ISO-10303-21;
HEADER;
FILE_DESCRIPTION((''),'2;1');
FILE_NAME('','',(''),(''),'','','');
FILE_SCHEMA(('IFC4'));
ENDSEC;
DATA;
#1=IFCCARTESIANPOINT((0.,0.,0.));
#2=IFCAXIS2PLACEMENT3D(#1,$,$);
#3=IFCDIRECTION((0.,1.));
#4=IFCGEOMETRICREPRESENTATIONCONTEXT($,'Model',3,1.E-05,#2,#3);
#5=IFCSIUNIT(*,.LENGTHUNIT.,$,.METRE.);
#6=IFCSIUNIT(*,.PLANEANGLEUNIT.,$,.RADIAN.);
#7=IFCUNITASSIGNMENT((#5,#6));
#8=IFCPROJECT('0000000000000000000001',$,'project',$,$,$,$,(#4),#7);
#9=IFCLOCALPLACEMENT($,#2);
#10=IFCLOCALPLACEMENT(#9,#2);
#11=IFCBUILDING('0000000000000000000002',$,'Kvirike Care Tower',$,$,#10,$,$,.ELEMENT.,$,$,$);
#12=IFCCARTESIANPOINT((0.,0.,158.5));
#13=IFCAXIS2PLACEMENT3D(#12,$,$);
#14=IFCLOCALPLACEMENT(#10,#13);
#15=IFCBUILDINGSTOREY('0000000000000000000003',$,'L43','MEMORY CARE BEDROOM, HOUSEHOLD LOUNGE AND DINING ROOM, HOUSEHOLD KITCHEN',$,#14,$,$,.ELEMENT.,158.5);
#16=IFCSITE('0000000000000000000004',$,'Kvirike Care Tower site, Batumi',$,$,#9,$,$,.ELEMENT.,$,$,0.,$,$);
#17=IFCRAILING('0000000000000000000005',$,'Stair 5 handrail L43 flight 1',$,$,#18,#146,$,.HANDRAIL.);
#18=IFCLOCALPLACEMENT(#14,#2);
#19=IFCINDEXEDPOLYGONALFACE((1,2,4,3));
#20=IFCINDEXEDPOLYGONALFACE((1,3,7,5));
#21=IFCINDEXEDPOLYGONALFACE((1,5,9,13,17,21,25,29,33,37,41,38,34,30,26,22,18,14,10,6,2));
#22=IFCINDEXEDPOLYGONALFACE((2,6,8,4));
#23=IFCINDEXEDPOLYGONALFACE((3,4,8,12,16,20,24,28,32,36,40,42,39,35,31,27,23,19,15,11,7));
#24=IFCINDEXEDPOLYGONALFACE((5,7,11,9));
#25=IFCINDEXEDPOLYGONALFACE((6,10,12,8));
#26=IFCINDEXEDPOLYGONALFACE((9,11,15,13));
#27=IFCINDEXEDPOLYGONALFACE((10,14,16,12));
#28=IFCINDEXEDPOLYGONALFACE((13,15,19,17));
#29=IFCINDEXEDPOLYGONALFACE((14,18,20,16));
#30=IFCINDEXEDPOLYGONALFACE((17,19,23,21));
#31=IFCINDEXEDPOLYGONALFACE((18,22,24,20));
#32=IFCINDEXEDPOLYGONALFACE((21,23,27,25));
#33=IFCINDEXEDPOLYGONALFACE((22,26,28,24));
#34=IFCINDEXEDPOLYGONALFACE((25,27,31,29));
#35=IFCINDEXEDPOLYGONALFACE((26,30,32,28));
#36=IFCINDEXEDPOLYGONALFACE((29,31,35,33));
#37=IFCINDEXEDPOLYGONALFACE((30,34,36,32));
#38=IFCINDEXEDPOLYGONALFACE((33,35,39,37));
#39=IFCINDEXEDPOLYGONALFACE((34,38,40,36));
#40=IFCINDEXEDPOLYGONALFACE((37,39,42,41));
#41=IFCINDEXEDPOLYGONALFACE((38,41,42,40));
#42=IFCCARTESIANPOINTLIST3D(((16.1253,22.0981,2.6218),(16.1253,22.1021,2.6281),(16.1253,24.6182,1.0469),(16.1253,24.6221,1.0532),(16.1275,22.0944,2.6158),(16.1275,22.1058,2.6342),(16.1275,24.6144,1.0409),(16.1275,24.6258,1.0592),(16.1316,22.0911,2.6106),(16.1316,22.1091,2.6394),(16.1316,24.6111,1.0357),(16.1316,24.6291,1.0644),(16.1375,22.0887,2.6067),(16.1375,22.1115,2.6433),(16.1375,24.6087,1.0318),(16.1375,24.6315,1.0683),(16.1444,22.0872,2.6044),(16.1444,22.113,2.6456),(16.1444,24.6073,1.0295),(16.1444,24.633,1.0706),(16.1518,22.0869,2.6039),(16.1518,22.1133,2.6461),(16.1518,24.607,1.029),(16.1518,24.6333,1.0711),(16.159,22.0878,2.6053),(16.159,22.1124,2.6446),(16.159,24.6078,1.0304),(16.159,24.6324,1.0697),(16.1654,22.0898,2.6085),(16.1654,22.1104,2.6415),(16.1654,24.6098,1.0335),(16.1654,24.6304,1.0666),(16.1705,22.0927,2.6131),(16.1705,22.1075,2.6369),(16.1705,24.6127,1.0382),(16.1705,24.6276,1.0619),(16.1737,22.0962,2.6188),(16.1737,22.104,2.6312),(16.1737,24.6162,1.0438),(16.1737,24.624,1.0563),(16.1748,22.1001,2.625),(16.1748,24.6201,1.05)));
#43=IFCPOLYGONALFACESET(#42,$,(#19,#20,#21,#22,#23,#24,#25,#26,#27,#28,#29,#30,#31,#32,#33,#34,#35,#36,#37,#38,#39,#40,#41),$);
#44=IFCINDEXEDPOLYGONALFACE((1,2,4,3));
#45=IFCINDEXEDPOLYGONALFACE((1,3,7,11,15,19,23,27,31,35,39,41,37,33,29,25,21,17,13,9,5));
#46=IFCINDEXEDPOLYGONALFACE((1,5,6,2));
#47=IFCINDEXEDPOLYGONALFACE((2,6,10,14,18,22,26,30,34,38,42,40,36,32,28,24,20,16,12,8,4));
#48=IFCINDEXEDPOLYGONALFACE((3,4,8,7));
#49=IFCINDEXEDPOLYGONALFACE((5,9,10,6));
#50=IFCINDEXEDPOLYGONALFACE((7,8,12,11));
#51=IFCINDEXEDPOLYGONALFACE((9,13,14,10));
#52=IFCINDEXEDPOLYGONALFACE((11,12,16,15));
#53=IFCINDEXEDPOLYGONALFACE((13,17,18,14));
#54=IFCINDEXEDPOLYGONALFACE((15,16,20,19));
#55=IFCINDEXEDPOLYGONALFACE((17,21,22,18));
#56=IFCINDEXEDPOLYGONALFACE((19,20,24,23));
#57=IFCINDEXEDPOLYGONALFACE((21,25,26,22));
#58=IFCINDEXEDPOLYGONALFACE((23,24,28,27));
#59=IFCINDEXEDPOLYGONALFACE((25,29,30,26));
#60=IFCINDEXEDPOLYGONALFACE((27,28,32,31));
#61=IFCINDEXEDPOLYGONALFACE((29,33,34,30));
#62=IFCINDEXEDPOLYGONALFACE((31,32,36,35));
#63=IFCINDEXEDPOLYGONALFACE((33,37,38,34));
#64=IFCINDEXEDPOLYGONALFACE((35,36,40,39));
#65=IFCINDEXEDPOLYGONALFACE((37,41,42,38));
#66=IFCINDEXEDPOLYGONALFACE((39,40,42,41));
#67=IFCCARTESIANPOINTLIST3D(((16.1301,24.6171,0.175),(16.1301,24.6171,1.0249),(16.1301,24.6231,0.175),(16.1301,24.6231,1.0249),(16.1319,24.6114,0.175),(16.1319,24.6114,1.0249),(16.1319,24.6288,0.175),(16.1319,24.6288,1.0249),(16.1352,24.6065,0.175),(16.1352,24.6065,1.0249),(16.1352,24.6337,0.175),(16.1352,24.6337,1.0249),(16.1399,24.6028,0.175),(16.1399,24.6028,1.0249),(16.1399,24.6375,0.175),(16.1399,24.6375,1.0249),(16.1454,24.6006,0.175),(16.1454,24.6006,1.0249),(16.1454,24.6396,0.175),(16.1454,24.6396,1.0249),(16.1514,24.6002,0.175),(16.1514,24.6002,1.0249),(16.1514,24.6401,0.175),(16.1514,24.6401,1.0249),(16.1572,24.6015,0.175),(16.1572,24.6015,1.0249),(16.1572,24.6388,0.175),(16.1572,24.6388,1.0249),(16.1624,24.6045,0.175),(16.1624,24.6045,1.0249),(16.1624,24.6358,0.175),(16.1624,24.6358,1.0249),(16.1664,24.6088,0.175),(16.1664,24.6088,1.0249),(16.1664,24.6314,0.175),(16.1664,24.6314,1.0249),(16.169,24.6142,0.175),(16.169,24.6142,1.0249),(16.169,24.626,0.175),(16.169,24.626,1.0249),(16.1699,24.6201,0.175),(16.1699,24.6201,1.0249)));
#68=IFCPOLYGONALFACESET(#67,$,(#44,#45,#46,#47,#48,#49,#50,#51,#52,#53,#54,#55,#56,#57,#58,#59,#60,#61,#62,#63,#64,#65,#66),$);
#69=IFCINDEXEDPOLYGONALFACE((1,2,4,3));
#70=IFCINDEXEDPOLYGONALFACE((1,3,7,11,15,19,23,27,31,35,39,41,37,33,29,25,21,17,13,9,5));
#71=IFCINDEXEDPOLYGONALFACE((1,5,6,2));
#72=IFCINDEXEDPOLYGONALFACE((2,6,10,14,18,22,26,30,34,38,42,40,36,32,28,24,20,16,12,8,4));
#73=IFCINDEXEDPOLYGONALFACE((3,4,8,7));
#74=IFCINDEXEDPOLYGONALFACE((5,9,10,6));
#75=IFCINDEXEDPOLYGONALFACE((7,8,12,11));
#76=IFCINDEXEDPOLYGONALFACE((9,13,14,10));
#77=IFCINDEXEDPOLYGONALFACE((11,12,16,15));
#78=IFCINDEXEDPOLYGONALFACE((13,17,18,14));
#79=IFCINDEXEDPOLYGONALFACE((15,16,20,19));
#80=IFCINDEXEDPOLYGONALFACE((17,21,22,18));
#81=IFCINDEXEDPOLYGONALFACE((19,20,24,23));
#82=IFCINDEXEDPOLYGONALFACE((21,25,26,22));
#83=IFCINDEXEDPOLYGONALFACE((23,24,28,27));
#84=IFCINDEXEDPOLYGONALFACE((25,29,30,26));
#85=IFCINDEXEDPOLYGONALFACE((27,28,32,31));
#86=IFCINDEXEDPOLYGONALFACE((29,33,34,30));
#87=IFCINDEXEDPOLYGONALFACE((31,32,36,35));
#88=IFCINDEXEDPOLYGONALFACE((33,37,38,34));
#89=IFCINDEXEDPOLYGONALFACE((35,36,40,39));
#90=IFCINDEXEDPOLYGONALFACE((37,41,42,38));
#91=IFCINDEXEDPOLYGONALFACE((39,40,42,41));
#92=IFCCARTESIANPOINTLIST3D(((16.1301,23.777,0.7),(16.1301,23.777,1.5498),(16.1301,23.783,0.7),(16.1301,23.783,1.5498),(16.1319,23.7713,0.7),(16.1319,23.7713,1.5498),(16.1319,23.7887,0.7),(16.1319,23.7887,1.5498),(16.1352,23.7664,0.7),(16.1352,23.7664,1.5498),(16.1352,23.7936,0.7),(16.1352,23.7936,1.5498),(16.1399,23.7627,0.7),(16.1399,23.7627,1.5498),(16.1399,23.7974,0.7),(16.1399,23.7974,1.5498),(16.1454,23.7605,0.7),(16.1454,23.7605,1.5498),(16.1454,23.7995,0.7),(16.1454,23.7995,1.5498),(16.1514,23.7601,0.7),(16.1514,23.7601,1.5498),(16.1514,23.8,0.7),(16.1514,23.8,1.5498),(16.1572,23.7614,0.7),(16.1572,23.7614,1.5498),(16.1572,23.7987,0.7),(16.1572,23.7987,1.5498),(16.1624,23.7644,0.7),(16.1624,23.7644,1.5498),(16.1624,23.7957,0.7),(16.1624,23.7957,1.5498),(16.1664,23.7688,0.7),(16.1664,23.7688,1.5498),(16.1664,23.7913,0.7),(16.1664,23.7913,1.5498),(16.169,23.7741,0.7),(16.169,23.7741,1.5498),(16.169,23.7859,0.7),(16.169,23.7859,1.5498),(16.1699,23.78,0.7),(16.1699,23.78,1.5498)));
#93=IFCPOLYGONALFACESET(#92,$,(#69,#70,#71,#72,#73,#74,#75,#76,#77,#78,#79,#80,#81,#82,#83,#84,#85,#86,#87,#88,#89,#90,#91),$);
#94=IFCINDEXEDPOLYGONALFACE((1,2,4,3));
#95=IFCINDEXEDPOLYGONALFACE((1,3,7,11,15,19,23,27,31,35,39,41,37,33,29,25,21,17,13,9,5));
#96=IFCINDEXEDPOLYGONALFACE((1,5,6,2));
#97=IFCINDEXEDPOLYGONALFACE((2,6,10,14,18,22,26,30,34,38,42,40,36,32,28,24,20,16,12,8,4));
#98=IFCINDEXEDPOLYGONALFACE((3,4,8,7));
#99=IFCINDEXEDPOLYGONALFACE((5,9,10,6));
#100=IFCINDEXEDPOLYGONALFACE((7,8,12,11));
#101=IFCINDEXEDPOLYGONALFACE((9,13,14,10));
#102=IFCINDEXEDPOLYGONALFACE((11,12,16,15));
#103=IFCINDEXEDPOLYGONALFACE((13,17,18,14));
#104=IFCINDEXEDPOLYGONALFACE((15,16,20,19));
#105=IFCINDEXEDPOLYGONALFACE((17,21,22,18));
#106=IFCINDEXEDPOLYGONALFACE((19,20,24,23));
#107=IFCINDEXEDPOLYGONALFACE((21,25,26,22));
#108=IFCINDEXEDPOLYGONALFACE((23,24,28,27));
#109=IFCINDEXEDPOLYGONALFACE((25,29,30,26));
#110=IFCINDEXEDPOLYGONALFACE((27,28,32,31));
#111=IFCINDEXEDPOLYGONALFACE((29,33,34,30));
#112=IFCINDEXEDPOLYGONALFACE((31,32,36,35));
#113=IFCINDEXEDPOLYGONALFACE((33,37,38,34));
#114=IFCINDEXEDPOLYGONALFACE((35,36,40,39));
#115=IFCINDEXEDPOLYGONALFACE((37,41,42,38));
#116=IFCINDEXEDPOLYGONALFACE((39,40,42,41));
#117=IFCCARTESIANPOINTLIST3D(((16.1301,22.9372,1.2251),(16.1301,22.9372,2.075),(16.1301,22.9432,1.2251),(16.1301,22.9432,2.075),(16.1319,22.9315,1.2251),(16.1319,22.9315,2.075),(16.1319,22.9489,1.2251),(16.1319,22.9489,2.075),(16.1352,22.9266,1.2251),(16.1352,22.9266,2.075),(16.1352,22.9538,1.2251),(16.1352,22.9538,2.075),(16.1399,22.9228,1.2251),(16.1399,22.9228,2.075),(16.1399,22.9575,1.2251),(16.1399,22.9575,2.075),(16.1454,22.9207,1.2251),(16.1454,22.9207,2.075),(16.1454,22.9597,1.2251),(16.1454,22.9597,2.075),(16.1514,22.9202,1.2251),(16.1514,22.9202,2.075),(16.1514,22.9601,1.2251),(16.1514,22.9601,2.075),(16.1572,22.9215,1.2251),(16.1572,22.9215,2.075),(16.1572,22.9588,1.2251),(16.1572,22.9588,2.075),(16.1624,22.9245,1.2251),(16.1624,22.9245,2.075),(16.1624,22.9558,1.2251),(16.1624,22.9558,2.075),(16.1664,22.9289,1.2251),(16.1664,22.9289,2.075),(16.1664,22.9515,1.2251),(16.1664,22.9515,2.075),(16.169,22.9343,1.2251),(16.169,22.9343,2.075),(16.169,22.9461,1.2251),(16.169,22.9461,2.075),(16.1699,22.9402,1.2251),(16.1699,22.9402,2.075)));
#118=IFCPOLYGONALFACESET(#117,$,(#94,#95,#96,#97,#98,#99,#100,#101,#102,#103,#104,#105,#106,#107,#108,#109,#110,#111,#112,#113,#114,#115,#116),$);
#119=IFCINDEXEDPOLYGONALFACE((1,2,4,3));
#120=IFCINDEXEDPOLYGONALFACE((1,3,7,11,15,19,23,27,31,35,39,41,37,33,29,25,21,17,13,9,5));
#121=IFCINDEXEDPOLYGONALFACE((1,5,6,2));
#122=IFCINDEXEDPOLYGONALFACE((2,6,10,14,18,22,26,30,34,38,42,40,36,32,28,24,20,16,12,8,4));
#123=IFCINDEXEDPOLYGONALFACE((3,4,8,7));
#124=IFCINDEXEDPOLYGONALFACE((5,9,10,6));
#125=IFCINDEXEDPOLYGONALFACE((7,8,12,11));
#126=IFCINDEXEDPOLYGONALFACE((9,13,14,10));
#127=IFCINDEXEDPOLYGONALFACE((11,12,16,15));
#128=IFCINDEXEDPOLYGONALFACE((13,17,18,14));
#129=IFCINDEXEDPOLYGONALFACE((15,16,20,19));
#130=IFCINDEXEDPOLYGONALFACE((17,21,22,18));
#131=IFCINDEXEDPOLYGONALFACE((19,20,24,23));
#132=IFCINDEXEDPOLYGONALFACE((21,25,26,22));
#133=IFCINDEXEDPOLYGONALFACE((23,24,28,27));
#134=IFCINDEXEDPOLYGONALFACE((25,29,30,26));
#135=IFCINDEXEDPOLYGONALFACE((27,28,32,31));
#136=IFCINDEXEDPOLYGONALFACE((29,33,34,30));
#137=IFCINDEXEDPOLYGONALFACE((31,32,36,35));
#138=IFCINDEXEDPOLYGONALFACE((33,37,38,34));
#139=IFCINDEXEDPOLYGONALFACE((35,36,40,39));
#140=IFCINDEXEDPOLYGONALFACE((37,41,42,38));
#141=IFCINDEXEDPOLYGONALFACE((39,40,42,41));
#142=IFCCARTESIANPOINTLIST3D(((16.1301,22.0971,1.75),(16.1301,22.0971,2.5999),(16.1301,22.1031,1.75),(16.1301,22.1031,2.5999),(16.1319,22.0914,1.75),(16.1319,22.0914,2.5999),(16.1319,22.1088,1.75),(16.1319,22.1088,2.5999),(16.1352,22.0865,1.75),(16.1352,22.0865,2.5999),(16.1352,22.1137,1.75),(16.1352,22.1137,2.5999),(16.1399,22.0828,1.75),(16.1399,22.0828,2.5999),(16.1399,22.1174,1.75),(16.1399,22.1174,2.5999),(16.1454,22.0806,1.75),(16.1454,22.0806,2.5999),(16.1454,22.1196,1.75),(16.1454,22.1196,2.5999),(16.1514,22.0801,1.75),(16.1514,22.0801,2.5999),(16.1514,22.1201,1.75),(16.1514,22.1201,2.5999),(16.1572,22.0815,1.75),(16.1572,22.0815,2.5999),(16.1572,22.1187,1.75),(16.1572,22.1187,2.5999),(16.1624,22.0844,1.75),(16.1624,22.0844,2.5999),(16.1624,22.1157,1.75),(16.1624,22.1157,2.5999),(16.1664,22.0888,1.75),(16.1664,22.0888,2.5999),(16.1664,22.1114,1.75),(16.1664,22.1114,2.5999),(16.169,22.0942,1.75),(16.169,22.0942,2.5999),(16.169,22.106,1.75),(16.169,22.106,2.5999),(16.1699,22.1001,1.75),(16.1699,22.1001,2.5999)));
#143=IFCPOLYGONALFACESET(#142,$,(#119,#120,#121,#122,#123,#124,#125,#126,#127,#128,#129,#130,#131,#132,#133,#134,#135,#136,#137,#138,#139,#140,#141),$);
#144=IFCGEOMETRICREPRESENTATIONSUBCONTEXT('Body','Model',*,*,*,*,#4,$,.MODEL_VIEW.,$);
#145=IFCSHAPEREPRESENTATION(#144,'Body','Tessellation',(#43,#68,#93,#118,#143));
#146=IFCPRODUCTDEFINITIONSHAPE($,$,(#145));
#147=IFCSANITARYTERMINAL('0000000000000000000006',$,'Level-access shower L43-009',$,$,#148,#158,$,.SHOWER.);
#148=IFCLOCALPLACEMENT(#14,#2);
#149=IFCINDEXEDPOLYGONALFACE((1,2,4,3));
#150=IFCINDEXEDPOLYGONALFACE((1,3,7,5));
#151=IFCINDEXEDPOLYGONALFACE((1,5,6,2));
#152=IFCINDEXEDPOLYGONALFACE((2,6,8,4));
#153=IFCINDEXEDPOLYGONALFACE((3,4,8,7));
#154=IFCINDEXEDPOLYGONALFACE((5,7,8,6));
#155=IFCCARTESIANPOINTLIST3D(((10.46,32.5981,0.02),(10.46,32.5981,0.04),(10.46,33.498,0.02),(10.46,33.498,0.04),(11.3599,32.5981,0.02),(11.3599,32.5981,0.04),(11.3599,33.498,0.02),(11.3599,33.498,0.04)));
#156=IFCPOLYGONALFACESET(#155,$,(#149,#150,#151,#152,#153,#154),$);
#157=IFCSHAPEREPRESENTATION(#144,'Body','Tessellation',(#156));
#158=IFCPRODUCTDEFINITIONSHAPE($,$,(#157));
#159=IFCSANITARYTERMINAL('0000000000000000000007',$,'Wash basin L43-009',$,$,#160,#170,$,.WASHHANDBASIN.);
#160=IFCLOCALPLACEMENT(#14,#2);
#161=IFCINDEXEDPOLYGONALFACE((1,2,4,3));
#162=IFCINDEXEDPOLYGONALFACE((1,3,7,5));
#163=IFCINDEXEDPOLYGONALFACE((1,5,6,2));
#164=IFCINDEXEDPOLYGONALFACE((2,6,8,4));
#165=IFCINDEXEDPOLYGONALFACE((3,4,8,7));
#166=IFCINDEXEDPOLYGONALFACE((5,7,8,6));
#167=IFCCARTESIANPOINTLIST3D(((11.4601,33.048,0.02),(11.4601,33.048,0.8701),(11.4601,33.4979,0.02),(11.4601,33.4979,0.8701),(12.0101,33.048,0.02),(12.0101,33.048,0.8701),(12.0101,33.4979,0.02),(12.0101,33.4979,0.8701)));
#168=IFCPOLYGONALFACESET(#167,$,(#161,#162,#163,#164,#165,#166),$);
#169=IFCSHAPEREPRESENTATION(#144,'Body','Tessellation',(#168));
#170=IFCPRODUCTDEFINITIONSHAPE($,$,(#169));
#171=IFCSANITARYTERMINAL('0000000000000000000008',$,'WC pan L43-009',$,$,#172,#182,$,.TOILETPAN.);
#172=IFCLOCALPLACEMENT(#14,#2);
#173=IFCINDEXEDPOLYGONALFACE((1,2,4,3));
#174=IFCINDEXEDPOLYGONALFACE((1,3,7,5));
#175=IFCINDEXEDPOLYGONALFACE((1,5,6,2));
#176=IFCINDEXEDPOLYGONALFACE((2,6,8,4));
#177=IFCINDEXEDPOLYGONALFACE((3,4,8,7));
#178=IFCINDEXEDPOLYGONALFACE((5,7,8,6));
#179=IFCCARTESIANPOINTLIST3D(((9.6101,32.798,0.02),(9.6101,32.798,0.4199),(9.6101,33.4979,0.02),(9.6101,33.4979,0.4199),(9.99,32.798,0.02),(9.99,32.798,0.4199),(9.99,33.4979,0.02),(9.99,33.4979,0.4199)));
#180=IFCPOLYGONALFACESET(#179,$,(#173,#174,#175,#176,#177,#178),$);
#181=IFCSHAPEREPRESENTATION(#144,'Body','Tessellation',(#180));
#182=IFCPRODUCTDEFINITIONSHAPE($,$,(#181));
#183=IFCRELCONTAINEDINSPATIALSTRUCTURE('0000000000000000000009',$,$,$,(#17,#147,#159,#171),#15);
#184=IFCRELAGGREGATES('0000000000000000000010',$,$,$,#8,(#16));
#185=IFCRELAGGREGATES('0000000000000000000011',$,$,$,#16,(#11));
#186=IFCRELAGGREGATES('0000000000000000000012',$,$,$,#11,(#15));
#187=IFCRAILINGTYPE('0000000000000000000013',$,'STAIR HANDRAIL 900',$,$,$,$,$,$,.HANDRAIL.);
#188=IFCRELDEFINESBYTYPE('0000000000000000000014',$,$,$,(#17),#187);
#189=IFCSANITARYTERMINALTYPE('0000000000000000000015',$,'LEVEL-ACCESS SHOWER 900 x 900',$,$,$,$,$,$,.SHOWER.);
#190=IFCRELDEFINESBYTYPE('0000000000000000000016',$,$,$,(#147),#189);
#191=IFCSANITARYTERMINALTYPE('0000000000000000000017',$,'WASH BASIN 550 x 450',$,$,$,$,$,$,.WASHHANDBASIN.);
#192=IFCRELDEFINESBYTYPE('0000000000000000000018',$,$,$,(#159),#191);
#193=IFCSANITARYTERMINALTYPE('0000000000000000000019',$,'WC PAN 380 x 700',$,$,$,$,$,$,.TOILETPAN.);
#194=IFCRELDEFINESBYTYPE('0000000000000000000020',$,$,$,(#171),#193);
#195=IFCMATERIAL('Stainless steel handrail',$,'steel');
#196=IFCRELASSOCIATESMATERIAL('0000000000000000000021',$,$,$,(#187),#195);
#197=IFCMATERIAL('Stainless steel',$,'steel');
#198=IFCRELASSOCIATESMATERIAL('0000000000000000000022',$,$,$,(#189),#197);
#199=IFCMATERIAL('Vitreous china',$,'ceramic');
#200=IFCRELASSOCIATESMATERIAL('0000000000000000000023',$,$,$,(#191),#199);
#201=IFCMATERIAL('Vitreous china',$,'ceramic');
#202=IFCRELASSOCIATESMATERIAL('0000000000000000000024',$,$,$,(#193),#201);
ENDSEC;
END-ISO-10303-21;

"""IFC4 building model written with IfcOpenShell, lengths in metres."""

from ifc_helpers import new_model, si_unit, direction, frame, origin, origin_2d, place, context, subcontext, project, spatial, rectangle, circle, extrude, material, type_object, element, save


model = new_model("IFC4")

# Units and contexts
model_context = context("Model", 3, precision=1e-05, world=origin(), true_north=direction((0.0, 1.0)))
body_context = subcontext(model_context, "Body", "Model", "MODEL_VIEW")
ifc_project = project(units=[si_unit("LENGTHUNIT", "METRE"), si_unit("PLANEANGLEUNIT", "RADIAN")], contexts=[model_context])

# Site, building, storey
site_placement = place(None, origin())
site = spatial("IfcSite", under=ifc_project, at=site_placement, Name="Kvirike Care Tower site, Batumi", CompositionType="ELEMENT", RefElevation=0.0)
building_placement = place(site_placement, origin())
building = spatial("IfcBuilding", under=site, at=building_placement, Name="Kvirike Care Tower", CompositionType="ELEMENT")
storey_placement = place(building_placement, frame((0.0, 0.0, 158.5)))
storey = spatial("IfcBuildingStorey", under=building, at=storey_placement, Name="L43", Description="MEMORY CARE BEDROOM, HOUSEHOLD LOUNGE AND DINING ROOM, HOUSEHOLD KITCHEN", CompositionType="ELEMENT", Elevation=158.5)

# Railing
ifc_material_1 = material(Name="Stainless steel handrail", Category="steel")
railing_type = type_object("IfcRailingType", Name="STAIR HANDRAIL 900", PredefinedType="HANDRAIL", material=ifc_material_1)
railing_placement = place(storey_placement, frame((16.1499, 24.6201, 0.175)))
element("IfcRailing", 1, at=railing_placement, inside=storey, type_object=railing_type, Name="Stair 5 handrail L43 flight 1", PredefinedType="HANDRAIL", context=body_context, shape_type="SweptSolid", body=[
    extrude(circle(Radius=0.0249, at=origin_2d()), frame((0.0, 0.0, 0.875), z_axis=(0.0, -0.848008, 0.529984), x_axis=(1.0, 0.0, 0.0)), (0.0, 0.0, 1.0), 2.9717),
    extrude(circle(Radius=0.02, at=origin_2d()), origin(), (0.0, 0.0, 1.0), 0.8499),
    extrude(circle(Radius=0.02, at=origin_2d()), frame((0.0, -0.8401, 0.5249)), (0.0, 0.0, 1.0), 0.8499),
    extrude(circle(Radius=0.02, at=origin_2d()), frame((0.0, -1.6799, 1.05)), (0.0, 0.0, 1.0), 0.8499),
    extrude(circle(Radius=0.02, at=origin_2d()), frame((0.0, -2.52, 1.575)), (0.0, 0.0, 1.0), 0.8499),
])

# Sanitary terminals
ifc_material_2 = material(Name="Stainless steel", Category="steel")
sanitary_terminal_type_1 = type_object("IfcSanitaryTerminalType", Name="LEVEL-ACCESS SHOWER 900 x 900", PredefinedType="SHOWER", material=ifc_material_2)
sanitary_terminal_1_placement = place(storey_placement, frame((10.9099, 33.0481, 0.02), z_axis=(0.0, 0.0, 1.0), x_axis=(1.0, 0.0, 0.0)))
element("IfcSanitaryTerminal", 2, at=sanitary_terminal_1_placement, inside=storey, type_object=sanitary_terminal_type_1, Name="Level-access shower L43-009", PredefinedType="SHOWER", context=body_context, shape_type="SweptSolid", body=[
    extrude(rectangle(XDim=0.8999, YDim=0.8999, at=origin_2d()), origin(), (0.0, 0.0, 1.0), 0.02),
])
ifc_material_3 = material(Name="Vitreous china", Category="ceramic")
sanitary_terminal_type_2 = type_object("IfcSanitaryTerminalType", Name="WASH BASIN 550 x 450", PredefinedType="WASHHANDBASIN", material=ifc_material_3)
sanitary_terminal_2_placement = place(storey_placement, frame((11.7351, 33.2729, 0.02), z_axis=(0.0, 0.0, 1.0), x_axis=(1.0, 0.0, 0.0)))
element("IfcSanitaryTerminal", 3, at=sanitary_terminal_2_placement, inside=storey, type_object=sanitary_terminal_type_2, Name="Wash basin L43-009", PredefinedType="WASHHANDBASIN", context=body_context, shape_type="SweptSolid", body=[
    extrude(rectangle(XDim=0.55, YDim=0.45, at=origin_2d()), origin(), (0.0, 0.0, 1.0), 0.8501),
])
ifc_material_4 = material(Name="Vitreous china", Category="ceramic")
sanitary_terminal_type_3 = type_object("IfcSanitaryTerminalType", Name="WC PAN 380 x 700", PredefinedType="TOILETPAN", material=ifc_material_4)
sanitary_terminal_3_placement = place(storey_placement, frame((9.8, 33.1479, 0.02), z_axis=(0.0, 0.0, 1.0), x_axis=(1.0, 0.0, 0.0)))
element("IfcSanitaryTerminal", 4, at=sanitary_terminal_3_placement, inside=storey, type_object=sanitary_terminal_type_3, Name="WC pan L43-009", PredefinedType="TOILETPAN", context=body_context, shape_type="SweptSolid", body=[
    extrude(rectangle(XDim=0.3799, YDim=0.7, at=origin_2d()), origin(), (0.0, 0.0, 1.0), 0.3999),
])

save(model, "model.ifc")
